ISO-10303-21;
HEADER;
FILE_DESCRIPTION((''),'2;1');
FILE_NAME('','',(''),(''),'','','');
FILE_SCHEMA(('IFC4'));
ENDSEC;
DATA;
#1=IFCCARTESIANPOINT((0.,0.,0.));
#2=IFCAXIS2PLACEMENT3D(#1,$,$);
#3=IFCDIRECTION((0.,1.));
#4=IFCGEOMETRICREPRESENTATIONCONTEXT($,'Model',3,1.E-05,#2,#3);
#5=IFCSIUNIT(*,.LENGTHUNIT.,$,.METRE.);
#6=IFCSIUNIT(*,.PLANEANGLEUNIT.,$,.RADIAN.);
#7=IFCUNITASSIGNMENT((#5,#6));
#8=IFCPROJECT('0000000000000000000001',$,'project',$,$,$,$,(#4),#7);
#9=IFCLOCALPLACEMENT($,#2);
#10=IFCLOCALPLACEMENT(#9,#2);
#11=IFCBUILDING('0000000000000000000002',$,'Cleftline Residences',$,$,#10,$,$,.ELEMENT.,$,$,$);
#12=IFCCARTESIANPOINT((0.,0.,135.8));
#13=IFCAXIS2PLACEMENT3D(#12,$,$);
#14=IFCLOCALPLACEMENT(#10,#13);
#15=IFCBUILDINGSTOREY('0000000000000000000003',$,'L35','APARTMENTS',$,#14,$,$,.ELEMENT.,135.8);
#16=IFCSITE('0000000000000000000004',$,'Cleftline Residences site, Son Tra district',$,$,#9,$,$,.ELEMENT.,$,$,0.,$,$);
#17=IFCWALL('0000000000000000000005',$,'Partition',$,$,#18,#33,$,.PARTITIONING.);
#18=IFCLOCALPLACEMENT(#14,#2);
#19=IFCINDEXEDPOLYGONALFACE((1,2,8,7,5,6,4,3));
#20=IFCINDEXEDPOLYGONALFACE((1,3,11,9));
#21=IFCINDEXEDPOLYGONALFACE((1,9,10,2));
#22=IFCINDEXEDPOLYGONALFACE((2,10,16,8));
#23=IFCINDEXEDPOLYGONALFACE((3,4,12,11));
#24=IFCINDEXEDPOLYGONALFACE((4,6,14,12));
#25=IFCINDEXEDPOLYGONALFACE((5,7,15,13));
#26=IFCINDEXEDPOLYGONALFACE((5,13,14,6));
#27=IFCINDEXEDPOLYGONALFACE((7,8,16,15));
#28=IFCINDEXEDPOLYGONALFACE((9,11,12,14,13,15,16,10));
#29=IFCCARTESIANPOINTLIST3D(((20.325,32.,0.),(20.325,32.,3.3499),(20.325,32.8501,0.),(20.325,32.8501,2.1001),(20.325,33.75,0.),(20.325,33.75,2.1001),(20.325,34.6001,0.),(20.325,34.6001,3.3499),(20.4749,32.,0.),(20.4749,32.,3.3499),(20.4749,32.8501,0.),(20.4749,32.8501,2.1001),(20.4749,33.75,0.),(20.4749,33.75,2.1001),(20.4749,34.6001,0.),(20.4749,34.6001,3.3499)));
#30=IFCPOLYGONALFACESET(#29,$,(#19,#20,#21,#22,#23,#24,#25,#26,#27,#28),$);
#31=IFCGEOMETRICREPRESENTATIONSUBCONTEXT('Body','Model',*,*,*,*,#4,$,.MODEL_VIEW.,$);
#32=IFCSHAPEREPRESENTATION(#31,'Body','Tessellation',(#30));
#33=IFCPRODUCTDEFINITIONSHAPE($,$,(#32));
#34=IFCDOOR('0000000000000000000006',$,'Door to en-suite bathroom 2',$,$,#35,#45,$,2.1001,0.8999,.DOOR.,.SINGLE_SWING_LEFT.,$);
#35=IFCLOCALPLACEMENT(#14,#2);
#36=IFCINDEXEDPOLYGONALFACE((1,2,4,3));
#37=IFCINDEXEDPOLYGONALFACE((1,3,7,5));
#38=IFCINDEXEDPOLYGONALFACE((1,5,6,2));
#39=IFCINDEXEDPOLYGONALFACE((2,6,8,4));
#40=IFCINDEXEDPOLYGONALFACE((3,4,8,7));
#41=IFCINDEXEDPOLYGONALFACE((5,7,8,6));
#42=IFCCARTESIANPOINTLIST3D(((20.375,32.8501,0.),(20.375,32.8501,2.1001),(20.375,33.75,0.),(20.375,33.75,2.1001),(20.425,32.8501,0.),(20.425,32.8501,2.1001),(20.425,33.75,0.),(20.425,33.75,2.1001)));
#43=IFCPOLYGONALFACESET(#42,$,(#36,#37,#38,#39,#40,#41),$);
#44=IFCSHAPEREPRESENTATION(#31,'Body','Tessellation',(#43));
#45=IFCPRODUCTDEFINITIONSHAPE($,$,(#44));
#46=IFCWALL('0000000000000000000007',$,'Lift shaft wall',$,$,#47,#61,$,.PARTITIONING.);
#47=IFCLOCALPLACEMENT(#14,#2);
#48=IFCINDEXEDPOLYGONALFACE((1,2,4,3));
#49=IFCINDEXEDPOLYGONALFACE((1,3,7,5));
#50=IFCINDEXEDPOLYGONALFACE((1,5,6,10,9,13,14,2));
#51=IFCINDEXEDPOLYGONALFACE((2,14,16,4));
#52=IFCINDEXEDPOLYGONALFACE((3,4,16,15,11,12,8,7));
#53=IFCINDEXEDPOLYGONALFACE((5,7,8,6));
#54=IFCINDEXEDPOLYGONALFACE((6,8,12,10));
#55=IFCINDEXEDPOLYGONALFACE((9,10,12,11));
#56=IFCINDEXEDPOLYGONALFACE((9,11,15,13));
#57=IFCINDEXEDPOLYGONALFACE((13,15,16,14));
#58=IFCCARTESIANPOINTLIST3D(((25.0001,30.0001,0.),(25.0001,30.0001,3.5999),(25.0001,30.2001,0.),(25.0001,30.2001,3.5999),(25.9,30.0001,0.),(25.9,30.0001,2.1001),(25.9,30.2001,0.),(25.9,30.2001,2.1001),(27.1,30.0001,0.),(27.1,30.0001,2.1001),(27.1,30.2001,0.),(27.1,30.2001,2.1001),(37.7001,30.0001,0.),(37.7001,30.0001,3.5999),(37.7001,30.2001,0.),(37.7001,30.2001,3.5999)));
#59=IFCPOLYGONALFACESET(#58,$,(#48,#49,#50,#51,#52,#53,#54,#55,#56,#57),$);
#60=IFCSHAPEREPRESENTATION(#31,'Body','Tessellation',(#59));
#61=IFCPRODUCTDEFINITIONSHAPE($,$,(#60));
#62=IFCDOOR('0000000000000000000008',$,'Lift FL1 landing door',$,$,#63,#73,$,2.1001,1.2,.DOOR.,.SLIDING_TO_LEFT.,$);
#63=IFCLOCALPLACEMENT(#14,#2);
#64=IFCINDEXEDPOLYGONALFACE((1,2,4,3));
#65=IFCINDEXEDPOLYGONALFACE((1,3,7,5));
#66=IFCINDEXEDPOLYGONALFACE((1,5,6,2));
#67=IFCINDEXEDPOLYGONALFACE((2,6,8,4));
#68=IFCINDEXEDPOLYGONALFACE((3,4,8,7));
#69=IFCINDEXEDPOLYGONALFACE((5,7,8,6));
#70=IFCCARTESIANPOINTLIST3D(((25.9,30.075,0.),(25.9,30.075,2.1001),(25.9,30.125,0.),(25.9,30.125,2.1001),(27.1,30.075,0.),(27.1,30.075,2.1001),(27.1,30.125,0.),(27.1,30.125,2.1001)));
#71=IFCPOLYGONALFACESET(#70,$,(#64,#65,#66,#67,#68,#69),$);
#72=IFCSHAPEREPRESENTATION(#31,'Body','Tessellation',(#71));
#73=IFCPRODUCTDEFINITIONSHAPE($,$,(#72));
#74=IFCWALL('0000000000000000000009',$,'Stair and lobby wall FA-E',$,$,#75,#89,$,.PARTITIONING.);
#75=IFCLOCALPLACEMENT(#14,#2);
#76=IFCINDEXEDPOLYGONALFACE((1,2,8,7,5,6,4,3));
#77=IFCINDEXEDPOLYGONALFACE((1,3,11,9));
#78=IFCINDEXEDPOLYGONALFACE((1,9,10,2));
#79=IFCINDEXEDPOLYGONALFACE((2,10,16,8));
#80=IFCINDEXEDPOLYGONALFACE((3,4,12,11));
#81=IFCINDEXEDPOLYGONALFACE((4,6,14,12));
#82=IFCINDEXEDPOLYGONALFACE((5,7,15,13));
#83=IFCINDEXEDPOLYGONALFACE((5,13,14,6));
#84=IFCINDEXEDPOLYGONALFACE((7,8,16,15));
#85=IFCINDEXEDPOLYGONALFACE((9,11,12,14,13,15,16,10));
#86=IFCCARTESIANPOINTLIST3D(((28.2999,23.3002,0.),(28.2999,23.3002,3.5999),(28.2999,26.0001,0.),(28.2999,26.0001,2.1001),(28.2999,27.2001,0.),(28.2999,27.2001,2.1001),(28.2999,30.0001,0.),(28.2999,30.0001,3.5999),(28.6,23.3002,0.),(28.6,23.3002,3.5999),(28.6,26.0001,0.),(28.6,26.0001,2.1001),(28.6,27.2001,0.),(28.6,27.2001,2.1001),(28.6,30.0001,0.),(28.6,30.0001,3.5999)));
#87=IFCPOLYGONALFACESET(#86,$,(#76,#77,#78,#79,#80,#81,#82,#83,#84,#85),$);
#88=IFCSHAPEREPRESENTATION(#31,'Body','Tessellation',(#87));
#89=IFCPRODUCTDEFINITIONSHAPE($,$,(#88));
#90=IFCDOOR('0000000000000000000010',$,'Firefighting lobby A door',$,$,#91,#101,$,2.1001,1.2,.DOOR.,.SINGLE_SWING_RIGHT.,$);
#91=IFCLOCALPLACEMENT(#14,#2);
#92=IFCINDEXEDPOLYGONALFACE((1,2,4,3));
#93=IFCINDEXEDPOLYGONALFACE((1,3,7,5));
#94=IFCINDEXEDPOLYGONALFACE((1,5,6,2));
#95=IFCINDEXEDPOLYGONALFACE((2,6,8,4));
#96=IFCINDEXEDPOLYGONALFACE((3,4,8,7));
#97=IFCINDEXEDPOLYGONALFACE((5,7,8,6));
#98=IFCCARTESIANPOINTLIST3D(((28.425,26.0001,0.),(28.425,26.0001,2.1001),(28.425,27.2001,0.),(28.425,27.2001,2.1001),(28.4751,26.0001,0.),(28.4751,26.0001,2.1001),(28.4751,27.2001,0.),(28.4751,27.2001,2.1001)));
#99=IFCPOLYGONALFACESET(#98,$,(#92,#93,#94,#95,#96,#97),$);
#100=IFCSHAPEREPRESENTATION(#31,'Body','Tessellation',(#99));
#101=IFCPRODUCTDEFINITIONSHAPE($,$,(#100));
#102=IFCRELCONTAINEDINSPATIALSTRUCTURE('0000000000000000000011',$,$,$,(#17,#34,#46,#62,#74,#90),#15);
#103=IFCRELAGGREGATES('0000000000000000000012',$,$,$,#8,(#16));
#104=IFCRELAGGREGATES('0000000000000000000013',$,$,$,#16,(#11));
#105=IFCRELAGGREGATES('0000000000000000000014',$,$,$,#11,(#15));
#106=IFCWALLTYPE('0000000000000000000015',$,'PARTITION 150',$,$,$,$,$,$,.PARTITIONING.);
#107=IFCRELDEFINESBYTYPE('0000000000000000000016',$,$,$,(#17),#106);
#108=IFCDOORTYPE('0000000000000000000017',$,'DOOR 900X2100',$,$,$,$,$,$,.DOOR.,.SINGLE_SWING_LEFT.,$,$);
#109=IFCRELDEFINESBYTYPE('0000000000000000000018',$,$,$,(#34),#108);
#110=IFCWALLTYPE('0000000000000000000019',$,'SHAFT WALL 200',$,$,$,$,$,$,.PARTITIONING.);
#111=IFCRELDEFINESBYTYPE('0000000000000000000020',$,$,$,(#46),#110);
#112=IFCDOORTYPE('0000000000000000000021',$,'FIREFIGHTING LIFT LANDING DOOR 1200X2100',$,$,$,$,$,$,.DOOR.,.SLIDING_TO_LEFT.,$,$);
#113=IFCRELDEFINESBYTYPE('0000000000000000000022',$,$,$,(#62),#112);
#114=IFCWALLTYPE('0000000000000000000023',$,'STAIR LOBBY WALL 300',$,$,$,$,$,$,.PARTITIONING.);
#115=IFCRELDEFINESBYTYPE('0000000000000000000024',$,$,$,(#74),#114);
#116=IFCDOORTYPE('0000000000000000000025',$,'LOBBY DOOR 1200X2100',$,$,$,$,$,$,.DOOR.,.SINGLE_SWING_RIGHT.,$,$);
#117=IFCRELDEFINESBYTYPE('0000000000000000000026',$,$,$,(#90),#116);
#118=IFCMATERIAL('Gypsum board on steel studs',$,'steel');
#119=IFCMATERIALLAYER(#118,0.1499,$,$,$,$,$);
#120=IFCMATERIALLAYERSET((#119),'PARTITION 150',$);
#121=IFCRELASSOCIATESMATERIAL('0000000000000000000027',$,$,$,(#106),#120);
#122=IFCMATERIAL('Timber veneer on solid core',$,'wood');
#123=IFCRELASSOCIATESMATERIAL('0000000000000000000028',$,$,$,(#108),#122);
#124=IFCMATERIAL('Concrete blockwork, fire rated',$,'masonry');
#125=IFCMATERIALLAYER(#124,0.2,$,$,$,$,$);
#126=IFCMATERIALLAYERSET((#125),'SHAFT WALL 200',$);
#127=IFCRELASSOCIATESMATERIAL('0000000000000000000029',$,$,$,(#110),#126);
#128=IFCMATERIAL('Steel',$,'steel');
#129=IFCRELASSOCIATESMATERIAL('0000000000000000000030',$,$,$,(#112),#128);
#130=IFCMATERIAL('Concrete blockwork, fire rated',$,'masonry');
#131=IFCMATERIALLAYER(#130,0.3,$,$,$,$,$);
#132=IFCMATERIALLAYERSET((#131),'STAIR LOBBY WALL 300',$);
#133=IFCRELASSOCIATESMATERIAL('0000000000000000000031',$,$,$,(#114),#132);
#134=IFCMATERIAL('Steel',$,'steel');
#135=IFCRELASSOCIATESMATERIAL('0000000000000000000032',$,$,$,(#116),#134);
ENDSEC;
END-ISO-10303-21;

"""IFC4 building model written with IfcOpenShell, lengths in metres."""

from ifc_helpers import new_model, si_unit, direction, frame, frame_2d, origin, place, context, subcontext, project, spatial, rectangle, extrude, material, layer, layer_set, type_object, element, fill, save


model = new_model("IFC4")

# Units and contexts
model_context = context("Model", 3, precision=1e-05, world=origin(), true_north=direction((0.0, 1.0)))
body_context = subcontext(model_context, "Body", "Model", "MODEL_VIEW")
ifc_project = project(units=[si_unit("LENGTHUNIT", "METRE"), si_unit("PLANEANGLEUNIT", "RADIAN")], contexts=[model_context])

# Site, building, storey
site_placement = place(None, origin())
site = spatial("IfcSite", under=ifc_project, at=site_placement, Name="Cleftline Residences site, Son Tra district", CompositionType="ELEMENT", RefElevation=0.0)
building_placement = place(site_placement, origin())
building = spatial("IfcBuilding", under=site, at=building_placement, Name="Cleftline Residences", CompositionType="ELEMENT")
storey_placement = place(building_placement, frame((0.0, 0.0, 135.8)))
storey = spatial("IfcBuildingStorey", under=building, at=storey_placement, Name="L35", Description="APARTMENTS", CompositionType="ELEMENT", Elevation=135.8)

# Shared definitions
ifc_material_1 = material(Name="Gypsum board on steel studs", Category="steel")
ifc_layer_1 = layer(ifc_material_1, 0.1499)
ifc_layer_set_1 = layer_set([ifc_layer_1], Name="PARTITION 150")
wall_type_1 = type_object("IfcWallType", Name="PARTITION 150", PredefinedType="PARTITIONING", material=ifc_layer_set_1)

# Walls, openings, doors
ifc_material_2 = material(Name="Timber veneer on solid core", Category="wood")
door_type_1 = type_object("IfcDoorType", Name="DOOR 900X2100", OperationType="SINGLE_SWING_LEFT", PredefinedType="DOOR", material=ifc_material_2)
wall_1_placement = place(storey_placement, frame((20.3999, 32.0, 0.0), z_axis=(0.0, 0.0, 1.0), x_axis=(0.0, 1.0, 0.0)))
wall_1 = element("IfcWall", 1, at=wall_1_placement, inside=storey, type_object=wall_type_1, Name="Partition", PredefinedType="PARTITIONING", context=body_context, shape_type="SweptSolid", body=[
    extrude(rectangle(XDim=2.6001, YDim=0.1499, at=frame_2d((1.3, 0.0))), origin(), (0.0, 0.0, 1.0), 3.3499),
])
opening_1_placement = place(wall_1_placement, frame((0.8501, 0.0, 0.0)))
opening_1 = element("IfcOpeningElement", 2, at=opening_1_placement, cuts=wall_1, PredefinedType="OPENING", context=body_context, shape_type="SweptSolid", body=[
    extrude(rectangle(XDim=0.8999, YDim=2.1001, at=frame_2d((0.45, 1.05))), frame((0.0, 0.085, 0.0), z_axis=(0.0, -1.0, 0.0), x_axis=(1.0, 0.0, 0.0)), (0.0, 0.0, 1.0), 0.1699),
])
door_1_placement = place(opening_1_placement, origin())
door_1 = element("IfcDoor", 3, at=door_1_placement, inside=storey, type_object=door_type_1, Name="Door to en-suite bathroom 2", OperationType="SINGLE_SWING_LEFT", OverallHeight=2.1001, OverallWidth=0.8999, PredefinedType="DOOR", context=body_context, shape_type="SweptSolid", body=[
    extrude(rectangle(XDim=0.8999, YDim=2.1001, at=frame_2d((0.45, 1.05))), frame((0.0, 0.0249, 0.0), z_axis=(0.0, -1.0, 0.0), x_axis=(1.0, 0.0, 0.0)), (0.0, 0.0, 1.0), 0.05),
])
fill(opening_1, door_1)
ifc_material_3 = material(Name="Concrete blockwork, fire rated", Category="masonry")
ifc_layer_2 = layer(ifc_material_3, 0.2)
ifc_layer_set_2 = layer_set([ifc_layer_2], Name="SHAFT WALL 200")
wall_type_2 = type_object("IfcWallType", Name="SHAFT WALL 200", PredefinedType="PARTITIONING", material=ifc_layer_set_2)
wall_2_placement = place(storey_placement, frame((25.0, 30.1001, 0.0), z_axis=(0.0, 0.0, 1.0), x_axis=(1.0, 0.0, 0.0)))
wall_2 = element("IfcWall", 4, at=wall_2_placement, inside=storey, type_object=wall_type_2, Name="Lift shaft wall", PredefinedType="PARTITIONING", context=body_context, shape_type="SweptSolid", body=[
    extrude(rectangle(XDim=12.7, YDim=0.2, at=frame_2d((6.3501, 0.0))), origin(), (0.0, 0.0, 1.0), 3.5999),
])
opening_2_placement = place(wall_2_placement, frame((0.8999, 0.0, 0.0)))
opening_2 = element("IfcOpeningElement", 5, at=opening_2_placement, cuts=wall_2, PredefinedType="OPENING", context=body_context, shape_type="SweptSolid", body=[
    extrude(rectangle(XDim=1.2, YDim=2.1001, at=frame_2d((0.6001, 1.05))), frame((0.0, 0.1099, 0.0), z_axis=(0.0, -1.0, 0.0), x_axis=(1.0, 0.0, 0.0)), (0.0, 0.0, 1.0), 0.22),
])
ifc_material_4 = material(Name="Steel", Category="steel")
door_type_2 = type_object("IfcDoorType", Name="FIREFIGHTING LIFT LANDING DOOR 1200X2100", OperationType="SLIDING_TO_LEFT", PredefinedType="DOOR", material=ifc_material_4)
door_2_placement = place(opening_2_placement, origin())
door_2 = element("IfcDoor", 6, at=door_2_placement, inside=storey, type_object=door_type_2, Name="Lift FL1 landing door", OperationType="SLIDING_TO_LEFT", OverallHeight=2.1001, OverallWidth=1.2, PredefinedType="DOOR", context=body_context, shape_type="SweptSolid", body=[
    extrude(rectangle(XDim=1.2, YDim=2.1001, at=frame_2d((0.6001, 1.05))), frame((0.0, 0.0249, 0.0), z_axis=(0.0, -1.0, 0.0), x_axis=(1.0, 0.0, 0.0)), (0.0, 0.0, 1.0), 0.05),
])
fill(opening_2, door_2)
ifc_material_5 = material(Name="Concrete blockwork, fire rated", Category="masonry")
ifc_layer_3 = layer(ifc_material_5, 0.3)
ifc_layer_set_3 = layer_set([ifc_layer_3], Name="STAIR LOBBY WALL 300")
wall_type_3 = type_object("IfcWallType", Name="STAIR LOBBY WALL 300", PredefinedType="PARTITIONING", material=ifc_layer_set_3)
wall_3_placement = place(storey_placement, frame((28.45, 23.3, 0.0), z_axis=(0.0, 0.0, 1.0), x_axis=(0.0, 1.0, 0.0)))
wall_3 = element("IfcWall", 7, at=wall_3_placement, inside=storey, type_object=wall_type_3, Name="Stair and lobby wall FA-E", PredefinedType="PARTITIONING", context=body_context, shape_type="SweptSolid", body=[
    extrude(rectangle(XDim=6.7, YDim=0.3, at=frame_2d((3.3501, 0.0))), origin(), (0.0, 0.0, 1.0), 3.5999),
])
opening_3_placement = place(wall_3_placement, frame((2.7, 0.0, 0.0)))
opening_3 = element("IfcOpeningElement", 8, at=opening_3_placement, cuts=wall_3, PredefinedType="OPENING", context=body_context, shape_type="SweptSolid", body=[
    extrude(rectangle(XDim=1.2, YDim=2.1001, at=frame_2d((0.6001, 1.05))), frame((0.0, 0.1599, 0.0), z_axis=(0.0, -1.0, 0.0), x_axis=(1.0, 0.0, 0.0)), (0.0, 0.0, 1.0), 0.3201),
])
ifc_material_6 = material(Name="Steel", Category="steel")
door_type_3 = type_object("IfcDoorType", Name="LOBBY DOOR 1200X2100", OperationType="SINGLE_SWING_RIGHT", PredefinedType="DOOR", material=ifc_material_6)
door_3_placement = place(opening_3_placement, origin())
door_3 = element("IfcDoor", 9, at=door_3_placement, inside=storey, type_object=door_type_3, Name="Firefighting lobby A door", OperationType="SINGLE_SWING_RIGHT", OverallHeight=2.1001, OverallWidth=1.2, PredefinedType="DOOR", context=body_context, shape_type="SweptSolid", body=[
    extrude(rectangle(XDim=1.2, YDim=2.1001, at=frame_2d((0.6001, 1.05))), frame((0.0, 0.0249, 0.0), z_axis=(0.0, -1.0, 0.0), x_axis=(1.0, 0.0, 0.0)), (0.0, 0.0, 1.0), 0.05),
])
fill(opening_3, door_3)

save(model, "model.ifc")
